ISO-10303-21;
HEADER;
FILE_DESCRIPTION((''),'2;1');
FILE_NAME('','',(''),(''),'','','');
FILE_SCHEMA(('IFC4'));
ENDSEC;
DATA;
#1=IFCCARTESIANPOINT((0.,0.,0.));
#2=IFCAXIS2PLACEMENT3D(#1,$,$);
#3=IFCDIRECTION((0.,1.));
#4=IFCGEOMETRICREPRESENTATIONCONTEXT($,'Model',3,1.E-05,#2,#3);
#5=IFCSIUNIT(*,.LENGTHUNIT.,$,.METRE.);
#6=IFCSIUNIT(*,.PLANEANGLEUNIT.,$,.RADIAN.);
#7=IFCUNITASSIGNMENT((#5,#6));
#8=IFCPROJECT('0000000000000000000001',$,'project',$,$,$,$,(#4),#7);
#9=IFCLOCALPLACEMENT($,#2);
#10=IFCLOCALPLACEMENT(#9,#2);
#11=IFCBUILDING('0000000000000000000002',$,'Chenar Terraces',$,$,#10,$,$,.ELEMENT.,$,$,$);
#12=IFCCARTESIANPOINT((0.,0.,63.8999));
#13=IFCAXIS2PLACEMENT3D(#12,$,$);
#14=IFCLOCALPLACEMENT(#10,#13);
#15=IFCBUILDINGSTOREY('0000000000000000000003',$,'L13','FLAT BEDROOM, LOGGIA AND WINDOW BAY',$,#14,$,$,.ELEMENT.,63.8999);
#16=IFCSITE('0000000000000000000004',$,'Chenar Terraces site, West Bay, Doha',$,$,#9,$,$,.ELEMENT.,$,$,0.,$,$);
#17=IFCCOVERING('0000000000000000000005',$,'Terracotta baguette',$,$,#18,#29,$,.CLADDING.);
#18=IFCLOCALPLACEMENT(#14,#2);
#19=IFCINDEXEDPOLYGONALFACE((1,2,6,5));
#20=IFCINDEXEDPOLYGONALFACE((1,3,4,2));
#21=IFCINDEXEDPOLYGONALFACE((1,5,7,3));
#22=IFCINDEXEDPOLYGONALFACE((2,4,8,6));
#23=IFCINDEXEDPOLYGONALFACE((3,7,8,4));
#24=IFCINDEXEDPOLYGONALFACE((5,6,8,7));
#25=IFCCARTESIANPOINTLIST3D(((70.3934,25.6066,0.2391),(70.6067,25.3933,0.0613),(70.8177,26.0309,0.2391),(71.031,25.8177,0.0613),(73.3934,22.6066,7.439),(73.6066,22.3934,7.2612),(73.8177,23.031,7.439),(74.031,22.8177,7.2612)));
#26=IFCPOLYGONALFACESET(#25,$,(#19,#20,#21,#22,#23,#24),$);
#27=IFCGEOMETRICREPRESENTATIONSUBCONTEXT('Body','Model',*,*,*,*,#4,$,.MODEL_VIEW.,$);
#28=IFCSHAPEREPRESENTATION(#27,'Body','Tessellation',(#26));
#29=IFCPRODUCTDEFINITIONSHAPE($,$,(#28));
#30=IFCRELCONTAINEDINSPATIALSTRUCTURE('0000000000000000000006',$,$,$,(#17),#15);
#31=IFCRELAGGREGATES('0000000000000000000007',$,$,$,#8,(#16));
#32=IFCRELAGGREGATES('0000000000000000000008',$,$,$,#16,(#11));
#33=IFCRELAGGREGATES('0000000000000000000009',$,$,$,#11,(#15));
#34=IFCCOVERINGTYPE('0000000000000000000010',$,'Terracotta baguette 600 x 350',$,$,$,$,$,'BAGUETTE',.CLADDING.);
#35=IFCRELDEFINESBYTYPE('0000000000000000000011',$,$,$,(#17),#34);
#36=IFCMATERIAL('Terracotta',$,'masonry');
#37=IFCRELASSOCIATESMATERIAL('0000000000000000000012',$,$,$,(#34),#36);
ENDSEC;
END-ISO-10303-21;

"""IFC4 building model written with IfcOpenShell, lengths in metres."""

from ifc_helpers import new_model, si_unit, direction, frame, origin, origin_2d, place, context, subcontext, project, spatial, rectangle, extrude, material, material_profile, profile_set, type_object, element, save


model = new_model("IFC4")

# Units and contexts
model_context = context("Model", 3, precision=1e-05, world=origin(), true_north=direction((0.0, 1.0)))
body_context = subcontext(model_context, "Body", "Model", "MODEL_VIEW")
ifc_project = project(units=[si_unit("LENGTHUNIT", "METRE"), si_unit("PLANEANGLEUNIT", "RADIAN")], contexts=[model_context])

# Site, building, storey
site_placement = place(None, origin())
site = spatial("IfcSite", under=ifc_project, at=site_placement, Name="Chenar Terraces site, West Bay, Doha", CompositionType="ELEMENT", RefElevation=0.0)
building_placement = place(site_placement, origin())
building = spatial("IfcBuilding", under=site, at=building_placement, Name="Chenar Terraces", CompositionType="ELEMENT")
storey_placement = place(building_placement, frame((0.0, 0.0, 63.8999)))
storey = spatial("IfcBuildingStorey", under=building, at=storey_placement, Name="L13", Description="FLAT BEDROOM, LOGGIA AND WINDOW BAY", CompositionType="ELEMENT", Elevation=63.8999)

# Covering
ifc_material_1 = material(Name="Terracotta", Category="masonry")
ifc_material_profile_1 = material_profile(ifc_material_1, rectangle(XDim=0.6001, YDim=0.3501, at=origin_2d()), Name="Terracotta baguette 600 x 350")
ifc_profile_set_1 = profile_set([ifc_material_profile_1], Name="Terracotta")
covering_type = type_object("IfcCoveringType", Name="Terracotta baguette 600 x 350", ElementType="BAGUETTE", PredefinedType="CLADDING", material=ifc_profile_set_1)
covering_placement = place(storey_placement, frame((73.7122, 22.7122, 7.3501), z_axis=(-0.358981, 0.358981, -0.861548), x_axis=(-0.707107, -0.707107, 0.0)))
element("IfcCovering", 1, at=covering_placement, inside=storey, type_object=covering_type, Name="Terracotta baguette", PredefinedType="CLADDING", context=body_context, shape_type="SweptSolid", body=[
    extrude(rectangle(XDim=0.6001, YDim=0.3501, at=origin_2d()), origin(), (0.0, 0.0, 1.0), 8.3569),
])

save(model, "model.ifc")
